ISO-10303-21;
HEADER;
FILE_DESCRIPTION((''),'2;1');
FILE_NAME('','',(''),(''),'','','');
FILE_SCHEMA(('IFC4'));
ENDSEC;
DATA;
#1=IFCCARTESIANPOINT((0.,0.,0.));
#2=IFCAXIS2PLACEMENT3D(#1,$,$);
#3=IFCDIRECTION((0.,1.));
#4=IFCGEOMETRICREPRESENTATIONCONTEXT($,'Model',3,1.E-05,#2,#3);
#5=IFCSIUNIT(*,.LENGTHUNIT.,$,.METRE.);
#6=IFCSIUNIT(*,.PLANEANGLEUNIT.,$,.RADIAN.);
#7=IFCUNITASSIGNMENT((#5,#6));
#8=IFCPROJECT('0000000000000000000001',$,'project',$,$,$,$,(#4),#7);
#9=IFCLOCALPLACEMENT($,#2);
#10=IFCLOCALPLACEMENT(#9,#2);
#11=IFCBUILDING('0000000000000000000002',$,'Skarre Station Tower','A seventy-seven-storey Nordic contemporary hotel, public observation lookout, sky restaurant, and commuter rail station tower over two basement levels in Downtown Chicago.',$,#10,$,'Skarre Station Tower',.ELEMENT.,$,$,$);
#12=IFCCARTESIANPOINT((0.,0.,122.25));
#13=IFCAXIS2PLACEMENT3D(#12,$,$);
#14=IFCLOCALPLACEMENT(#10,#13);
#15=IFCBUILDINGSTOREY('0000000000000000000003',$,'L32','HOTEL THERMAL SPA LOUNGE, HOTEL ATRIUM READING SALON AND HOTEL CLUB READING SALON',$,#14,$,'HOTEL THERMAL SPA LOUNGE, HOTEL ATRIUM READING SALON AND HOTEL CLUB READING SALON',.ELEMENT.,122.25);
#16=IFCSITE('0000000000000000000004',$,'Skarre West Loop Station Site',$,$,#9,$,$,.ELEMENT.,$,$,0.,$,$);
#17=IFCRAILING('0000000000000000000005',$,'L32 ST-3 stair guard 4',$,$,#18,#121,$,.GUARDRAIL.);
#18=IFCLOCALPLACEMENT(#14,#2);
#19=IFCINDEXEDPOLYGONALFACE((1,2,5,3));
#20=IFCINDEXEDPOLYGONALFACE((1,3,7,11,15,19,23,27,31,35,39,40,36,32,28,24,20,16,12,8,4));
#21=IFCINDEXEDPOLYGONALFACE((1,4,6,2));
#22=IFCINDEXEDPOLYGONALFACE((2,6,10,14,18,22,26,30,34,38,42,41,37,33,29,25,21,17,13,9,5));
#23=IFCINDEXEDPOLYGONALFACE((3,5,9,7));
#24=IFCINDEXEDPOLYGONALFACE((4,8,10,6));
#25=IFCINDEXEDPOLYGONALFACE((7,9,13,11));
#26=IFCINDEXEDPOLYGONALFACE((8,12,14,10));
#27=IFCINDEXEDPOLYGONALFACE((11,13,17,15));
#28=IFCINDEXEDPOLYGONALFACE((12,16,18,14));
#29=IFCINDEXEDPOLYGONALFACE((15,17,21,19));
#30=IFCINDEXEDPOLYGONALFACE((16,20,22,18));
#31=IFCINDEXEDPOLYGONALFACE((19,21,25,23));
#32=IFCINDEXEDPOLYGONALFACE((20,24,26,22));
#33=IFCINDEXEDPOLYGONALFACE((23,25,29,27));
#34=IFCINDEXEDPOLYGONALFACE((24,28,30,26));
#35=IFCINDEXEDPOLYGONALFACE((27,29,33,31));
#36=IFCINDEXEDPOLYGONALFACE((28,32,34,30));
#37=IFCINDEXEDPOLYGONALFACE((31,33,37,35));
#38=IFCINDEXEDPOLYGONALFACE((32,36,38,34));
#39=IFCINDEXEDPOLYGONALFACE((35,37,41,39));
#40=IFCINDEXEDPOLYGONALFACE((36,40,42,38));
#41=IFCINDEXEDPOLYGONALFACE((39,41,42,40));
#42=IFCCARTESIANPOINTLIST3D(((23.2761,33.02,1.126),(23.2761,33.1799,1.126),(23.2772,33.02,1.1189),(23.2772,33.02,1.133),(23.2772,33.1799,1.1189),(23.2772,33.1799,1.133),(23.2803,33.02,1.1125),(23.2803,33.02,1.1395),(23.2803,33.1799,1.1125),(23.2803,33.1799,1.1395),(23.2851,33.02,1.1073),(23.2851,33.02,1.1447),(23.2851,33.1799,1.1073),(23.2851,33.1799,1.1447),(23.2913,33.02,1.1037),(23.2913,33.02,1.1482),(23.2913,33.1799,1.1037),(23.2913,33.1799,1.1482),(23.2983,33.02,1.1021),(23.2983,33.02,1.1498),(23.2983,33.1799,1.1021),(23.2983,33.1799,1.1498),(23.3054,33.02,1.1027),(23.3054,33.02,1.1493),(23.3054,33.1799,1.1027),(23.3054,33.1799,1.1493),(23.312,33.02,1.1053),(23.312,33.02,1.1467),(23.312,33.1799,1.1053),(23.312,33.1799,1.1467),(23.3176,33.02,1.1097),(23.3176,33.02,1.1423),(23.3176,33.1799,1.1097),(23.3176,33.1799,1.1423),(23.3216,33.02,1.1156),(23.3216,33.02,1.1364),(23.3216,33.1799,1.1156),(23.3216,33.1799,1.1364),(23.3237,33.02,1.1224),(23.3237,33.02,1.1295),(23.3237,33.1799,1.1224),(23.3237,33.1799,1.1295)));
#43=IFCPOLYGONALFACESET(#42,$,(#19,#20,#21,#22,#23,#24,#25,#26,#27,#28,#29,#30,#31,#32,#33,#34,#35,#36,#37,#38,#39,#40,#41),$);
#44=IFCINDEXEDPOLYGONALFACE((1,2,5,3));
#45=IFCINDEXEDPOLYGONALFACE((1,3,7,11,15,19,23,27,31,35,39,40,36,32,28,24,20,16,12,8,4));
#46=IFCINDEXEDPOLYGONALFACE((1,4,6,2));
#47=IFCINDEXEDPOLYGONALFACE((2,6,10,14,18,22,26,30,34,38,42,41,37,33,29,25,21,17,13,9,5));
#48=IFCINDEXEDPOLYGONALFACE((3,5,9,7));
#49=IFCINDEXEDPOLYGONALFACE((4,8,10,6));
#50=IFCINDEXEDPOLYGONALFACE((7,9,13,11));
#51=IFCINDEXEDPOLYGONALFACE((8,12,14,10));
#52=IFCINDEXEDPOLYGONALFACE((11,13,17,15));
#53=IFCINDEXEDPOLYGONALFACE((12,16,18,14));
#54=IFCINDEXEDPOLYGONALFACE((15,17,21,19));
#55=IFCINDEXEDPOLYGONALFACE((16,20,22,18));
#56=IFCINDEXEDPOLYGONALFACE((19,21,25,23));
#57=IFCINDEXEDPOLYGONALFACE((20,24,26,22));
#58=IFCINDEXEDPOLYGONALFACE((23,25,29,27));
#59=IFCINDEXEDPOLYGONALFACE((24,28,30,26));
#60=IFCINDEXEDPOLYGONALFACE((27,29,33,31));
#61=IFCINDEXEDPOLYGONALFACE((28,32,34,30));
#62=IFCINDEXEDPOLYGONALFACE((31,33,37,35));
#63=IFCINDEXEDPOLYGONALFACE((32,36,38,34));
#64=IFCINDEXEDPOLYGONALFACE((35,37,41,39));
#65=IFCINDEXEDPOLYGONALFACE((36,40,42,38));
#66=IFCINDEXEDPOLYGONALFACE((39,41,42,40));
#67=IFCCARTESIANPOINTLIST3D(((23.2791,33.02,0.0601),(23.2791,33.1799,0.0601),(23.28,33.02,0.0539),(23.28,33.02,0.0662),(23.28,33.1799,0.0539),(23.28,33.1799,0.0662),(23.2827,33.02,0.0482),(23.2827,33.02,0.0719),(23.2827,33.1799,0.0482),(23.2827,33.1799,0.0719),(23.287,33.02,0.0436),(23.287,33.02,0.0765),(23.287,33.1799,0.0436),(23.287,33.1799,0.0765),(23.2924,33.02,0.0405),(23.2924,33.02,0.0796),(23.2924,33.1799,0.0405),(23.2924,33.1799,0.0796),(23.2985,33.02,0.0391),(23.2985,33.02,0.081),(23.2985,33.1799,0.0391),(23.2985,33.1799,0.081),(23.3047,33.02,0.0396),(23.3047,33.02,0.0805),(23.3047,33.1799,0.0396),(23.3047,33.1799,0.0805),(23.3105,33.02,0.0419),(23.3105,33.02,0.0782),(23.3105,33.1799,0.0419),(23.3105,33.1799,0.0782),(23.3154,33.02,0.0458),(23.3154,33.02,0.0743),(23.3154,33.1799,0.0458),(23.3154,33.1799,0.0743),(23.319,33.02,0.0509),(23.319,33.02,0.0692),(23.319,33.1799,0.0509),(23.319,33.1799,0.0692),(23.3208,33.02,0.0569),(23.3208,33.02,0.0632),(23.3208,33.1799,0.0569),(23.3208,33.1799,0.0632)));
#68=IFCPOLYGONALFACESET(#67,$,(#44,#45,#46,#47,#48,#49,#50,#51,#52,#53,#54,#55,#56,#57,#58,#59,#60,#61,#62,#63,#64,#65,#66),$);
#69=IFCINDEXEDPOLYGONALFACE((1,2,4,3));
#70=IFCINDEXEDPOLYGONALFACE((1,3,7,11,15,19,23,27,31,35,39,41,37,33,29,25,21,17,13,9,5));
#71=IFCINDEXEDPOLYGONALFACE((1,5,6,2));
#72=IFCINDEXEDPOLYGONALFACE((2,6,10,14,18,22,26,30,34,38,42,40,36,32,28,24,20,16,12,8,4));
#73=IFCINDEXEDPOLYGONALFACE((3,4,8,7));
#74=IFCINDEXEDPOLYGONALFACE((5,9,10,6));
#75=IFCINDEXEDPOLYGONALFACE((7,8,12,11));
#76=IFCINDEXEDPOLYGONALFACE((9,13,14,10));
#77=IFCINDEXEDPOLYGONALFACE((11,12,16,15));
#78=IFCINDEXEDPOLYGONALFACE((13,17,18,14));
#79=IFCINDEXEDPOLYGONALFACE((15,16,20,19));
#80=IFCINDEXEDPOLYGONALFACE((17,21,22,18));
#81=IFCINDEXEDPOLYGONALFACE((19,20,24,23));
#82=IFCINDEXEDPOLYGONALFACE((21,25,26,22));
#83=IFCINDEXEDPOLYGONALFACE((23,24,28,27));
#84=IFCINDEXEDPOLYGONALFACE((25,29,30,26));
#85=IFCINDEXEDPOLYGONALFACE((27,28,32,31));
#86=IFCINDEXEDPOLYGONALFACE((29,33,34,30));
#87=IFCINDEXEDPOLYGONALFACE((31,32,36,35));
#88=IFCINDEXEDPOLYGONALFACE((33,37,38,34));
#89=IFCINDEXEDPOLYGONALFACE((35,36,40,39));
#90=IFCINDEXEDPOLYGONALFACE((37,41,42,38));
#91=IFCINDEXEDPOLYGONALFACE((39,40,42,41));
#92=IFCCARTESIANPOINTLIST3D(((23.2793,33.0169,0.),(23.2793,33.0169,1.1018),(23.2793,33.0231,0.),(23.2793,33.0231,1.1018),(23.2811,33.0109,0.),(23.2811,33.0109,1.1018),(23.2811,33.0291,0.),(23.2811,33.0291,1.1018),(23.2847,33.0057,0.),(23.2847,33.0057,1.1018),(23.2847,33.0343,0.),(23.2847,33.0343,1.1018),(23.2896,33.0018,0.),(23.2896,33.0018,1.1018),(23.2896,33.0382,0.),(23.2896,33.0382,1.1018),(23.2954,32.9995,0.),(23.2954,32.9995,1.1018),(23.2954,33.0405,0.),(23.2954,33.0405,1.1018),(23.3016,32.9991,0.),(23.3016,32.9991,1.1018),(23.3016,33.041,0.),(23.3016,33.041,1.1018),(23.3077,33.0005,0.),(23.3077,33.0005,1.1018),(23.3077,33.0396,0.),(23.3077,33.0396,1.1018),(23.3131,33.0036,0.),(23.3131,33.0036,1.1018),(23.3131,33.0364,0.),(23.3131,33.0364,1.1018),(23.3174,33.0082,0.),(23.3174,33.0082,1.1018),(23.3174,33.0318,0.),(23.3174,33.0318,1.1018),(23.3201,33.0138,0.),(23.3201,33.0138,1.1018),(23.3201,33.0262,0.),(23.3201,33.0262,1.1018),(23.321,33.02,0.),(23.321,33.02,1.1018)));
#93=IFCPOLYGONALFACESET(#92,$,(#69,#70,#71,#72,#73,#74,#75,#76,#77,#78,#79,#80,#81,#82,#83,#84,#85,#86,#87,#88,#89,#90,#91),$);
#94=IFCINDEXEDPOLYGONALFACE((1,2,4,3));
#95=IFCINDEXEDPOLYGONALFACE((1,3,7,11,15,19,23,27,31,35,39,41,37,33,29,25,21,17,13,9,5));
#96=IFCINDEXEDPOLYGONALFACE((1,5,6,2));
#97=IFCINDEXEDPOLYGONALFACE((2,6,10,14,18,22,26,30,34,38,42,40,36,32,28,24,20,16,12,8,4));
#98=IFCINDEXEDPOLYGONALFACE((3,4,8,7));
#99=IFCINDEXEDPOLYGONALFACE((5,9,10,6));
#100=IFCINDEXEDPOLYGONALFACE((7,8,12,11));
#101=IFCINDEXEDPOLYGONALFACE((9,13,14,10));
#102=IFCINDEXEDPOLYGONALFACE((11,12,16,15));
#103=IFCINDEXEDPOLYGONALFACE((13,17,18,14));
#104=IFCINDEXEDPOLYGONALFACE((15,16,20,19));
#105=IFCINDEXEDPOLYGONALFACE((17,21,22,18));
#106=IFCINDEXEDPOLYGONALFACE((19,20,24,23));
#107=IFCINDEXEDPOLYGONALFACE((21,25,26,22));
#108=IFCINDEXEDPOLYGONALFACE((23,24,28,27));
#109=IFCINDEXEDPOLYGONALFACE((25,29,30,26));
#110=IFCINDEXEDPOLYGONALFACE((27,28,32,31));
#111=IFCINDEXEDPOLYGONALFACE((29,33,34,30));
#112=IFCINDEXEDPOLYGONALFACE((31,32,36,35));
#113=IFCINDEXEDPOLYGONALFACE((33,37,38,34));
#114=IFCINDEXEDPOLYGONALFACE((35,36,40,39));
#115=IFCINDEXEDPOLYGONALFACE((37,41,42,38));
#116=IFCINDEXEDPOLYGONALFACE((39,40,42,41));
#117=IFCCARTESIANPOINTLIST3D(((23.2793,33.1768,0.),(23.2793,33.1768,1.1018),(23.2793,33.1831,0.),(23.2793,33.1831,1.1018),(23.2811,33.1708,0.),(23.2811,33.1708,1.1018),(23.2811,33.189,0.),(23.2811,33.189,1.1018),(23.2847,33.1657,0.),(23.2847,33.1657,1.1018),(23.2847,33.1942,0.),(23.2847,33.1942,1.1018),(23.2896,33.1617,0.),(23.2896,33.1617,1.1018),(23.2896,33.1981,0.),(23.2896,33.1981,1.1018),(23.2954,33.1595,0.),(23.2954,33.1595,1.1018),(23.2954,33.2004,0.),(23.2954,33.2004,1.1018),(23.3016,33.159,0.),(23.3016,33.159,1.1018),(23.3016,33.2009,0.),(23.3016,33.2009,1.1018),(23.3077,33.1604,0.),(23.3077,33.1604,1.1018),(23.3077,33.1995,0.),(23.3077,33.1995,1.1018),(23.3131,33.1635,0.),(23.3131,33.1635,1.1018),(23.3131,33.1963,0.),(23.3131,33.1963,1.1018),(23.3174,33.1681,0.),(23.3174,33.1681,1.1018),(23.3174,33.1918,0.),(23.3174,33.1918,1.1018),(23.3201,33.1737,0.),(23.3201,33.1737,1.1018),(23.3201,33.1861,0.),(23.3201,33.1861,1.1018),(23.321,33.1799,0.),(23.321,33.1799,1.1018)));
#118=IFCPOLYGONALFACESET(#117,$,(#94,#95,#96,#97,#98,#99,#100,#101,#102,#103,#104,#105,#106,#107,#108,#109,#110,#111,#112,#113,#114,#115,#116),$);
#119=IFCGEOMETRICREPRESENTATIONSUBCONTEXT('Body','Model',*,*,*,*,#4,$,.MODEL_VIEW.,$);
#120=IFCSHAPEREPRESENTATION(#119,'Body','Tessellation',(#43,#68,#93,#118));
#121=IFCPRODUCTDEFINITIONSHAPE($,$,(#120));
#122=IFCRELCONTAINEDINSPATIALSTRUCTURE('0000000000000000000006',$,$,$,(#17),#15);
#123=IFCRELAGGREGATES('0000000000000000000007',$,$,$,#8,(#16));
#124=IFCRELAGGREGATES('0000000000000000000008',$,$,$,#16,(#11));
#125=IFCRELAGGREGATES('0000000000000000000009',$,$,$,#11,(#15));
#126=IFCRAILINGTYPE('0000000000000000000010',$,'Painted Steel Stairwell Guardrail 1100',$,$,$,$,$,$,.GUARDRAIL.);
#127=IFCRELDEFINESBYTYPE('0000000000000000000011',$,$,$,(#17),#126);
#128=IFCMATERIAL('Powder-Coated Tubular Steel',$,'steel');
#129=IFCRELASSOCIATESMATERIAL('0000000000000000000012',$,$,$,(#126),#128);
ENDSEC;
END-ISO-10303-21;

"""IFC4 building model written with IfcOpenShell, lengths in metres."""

from ifc_helpers import new_model, si_unit, direction, frame, origin, origin_2d, place, context, subcontext, project, spatial, circle, extrude, material, type_object, element, save


model = new_model("IFC4")

# Units and contexts
model_context = context("Model", 3, precision=1e-05, world=origin(), true_north=direction((0.0, 1.0)))
body_context = subcontext(model_context, "Body", "Model", "MODEL_VIEW")
ifc_project = project(units=[si_unit("LENGTHUNIT", "METRE"), si_unit("PLANEANGLEUNIT", "RADIAN")], contexts=[model_context])

# Site, building, storey
site_placement = place(None, origin())
site = spatial("IfcSite", under=ifc_project, at=site_placement, Name="Skarre West Loop Station Site", CompositionType="ELEMENT", RefElevation=0.0)
building_placement = place(site_placement, origin())
building = spatial("IfcBuilding", under=site, at=building_placement, Name="Skarre Station Tower", Description="A seventy-seven-storey Nordic contemporary hotel, public observation lookout, sky restaurant, and commuter rail station tower over two basement levels in Downtown Chicago.", LongName="Skarre Station Tower", CompositionType="ELEMENT")
storey_placement = place(building_placement, frame((0.0, 0.0, 122.25)))
storey = spatial("IfcBuildingStorey", under=building, at=storey_placement, Name="L32", Description="HOTEL THERMAL SPA LOUNGE, HOTEL ATRIUM READING SALON AND HOTEL CLUB READING SALON", LongName="HOTEL THERMAL SPA LOUNGE, HOTEL ATRIUM READING SALON AND HOTEL CLUB READING SALON", CompositionType="ELEMENT", Elevation=122.25)

# Railing
ifc_material_1 = material(Name="Powder-Coated Tubular Steel", Category="steel")
railing_type_1 = type_object("IfcRailingType", Name="Painted Steel Stairwell Guardrail 1100", PredefinedType="GUARDRAIL", material=ifc_material_1)
railing_1_placement = place(storey_placement, frame((23.3, 33.02, 0.0)))
element("IfcRailing", 1, at=railing_1_placement, inside=storey, type_object=railing_type_1, Name="L32 ST-3 stair guard 4", PredefinedType="GUARDRAIL", context=body_context, shape_type="SweptSolid", body=[
    extrude(circle(Radius=0.0239, at=origin_2d()), frame((0.0, 0.0, 1.126), z_axis=(0.0, 1.0, 0.0), x_axis=(-1.0, 0.0, 0.0)), (0.0, 0.0, 1.0), 0.1599),
    extrude(circle(Radius=0.021, at=origin_2d()), frame((0.0, 0.0, 0.0601), z_axis=(0.0, 1.0, 0.0), x_axis=(-1.0, 0.0, 0.0)), (0.0, 0.0, 1.0), 0.1599),
    extrude(circle(Radius=0.021, at=origin_2d()), origin(), (0.0, 0.0, 1.0), 1.1018),
    extrude(circle(Radius=0.021, at=origin_2d()), frame((0.0, 0.1599, 0.0)), (0.0, 0.0, 1.0), 1.1018),
])

save(model, "model.ifc")
